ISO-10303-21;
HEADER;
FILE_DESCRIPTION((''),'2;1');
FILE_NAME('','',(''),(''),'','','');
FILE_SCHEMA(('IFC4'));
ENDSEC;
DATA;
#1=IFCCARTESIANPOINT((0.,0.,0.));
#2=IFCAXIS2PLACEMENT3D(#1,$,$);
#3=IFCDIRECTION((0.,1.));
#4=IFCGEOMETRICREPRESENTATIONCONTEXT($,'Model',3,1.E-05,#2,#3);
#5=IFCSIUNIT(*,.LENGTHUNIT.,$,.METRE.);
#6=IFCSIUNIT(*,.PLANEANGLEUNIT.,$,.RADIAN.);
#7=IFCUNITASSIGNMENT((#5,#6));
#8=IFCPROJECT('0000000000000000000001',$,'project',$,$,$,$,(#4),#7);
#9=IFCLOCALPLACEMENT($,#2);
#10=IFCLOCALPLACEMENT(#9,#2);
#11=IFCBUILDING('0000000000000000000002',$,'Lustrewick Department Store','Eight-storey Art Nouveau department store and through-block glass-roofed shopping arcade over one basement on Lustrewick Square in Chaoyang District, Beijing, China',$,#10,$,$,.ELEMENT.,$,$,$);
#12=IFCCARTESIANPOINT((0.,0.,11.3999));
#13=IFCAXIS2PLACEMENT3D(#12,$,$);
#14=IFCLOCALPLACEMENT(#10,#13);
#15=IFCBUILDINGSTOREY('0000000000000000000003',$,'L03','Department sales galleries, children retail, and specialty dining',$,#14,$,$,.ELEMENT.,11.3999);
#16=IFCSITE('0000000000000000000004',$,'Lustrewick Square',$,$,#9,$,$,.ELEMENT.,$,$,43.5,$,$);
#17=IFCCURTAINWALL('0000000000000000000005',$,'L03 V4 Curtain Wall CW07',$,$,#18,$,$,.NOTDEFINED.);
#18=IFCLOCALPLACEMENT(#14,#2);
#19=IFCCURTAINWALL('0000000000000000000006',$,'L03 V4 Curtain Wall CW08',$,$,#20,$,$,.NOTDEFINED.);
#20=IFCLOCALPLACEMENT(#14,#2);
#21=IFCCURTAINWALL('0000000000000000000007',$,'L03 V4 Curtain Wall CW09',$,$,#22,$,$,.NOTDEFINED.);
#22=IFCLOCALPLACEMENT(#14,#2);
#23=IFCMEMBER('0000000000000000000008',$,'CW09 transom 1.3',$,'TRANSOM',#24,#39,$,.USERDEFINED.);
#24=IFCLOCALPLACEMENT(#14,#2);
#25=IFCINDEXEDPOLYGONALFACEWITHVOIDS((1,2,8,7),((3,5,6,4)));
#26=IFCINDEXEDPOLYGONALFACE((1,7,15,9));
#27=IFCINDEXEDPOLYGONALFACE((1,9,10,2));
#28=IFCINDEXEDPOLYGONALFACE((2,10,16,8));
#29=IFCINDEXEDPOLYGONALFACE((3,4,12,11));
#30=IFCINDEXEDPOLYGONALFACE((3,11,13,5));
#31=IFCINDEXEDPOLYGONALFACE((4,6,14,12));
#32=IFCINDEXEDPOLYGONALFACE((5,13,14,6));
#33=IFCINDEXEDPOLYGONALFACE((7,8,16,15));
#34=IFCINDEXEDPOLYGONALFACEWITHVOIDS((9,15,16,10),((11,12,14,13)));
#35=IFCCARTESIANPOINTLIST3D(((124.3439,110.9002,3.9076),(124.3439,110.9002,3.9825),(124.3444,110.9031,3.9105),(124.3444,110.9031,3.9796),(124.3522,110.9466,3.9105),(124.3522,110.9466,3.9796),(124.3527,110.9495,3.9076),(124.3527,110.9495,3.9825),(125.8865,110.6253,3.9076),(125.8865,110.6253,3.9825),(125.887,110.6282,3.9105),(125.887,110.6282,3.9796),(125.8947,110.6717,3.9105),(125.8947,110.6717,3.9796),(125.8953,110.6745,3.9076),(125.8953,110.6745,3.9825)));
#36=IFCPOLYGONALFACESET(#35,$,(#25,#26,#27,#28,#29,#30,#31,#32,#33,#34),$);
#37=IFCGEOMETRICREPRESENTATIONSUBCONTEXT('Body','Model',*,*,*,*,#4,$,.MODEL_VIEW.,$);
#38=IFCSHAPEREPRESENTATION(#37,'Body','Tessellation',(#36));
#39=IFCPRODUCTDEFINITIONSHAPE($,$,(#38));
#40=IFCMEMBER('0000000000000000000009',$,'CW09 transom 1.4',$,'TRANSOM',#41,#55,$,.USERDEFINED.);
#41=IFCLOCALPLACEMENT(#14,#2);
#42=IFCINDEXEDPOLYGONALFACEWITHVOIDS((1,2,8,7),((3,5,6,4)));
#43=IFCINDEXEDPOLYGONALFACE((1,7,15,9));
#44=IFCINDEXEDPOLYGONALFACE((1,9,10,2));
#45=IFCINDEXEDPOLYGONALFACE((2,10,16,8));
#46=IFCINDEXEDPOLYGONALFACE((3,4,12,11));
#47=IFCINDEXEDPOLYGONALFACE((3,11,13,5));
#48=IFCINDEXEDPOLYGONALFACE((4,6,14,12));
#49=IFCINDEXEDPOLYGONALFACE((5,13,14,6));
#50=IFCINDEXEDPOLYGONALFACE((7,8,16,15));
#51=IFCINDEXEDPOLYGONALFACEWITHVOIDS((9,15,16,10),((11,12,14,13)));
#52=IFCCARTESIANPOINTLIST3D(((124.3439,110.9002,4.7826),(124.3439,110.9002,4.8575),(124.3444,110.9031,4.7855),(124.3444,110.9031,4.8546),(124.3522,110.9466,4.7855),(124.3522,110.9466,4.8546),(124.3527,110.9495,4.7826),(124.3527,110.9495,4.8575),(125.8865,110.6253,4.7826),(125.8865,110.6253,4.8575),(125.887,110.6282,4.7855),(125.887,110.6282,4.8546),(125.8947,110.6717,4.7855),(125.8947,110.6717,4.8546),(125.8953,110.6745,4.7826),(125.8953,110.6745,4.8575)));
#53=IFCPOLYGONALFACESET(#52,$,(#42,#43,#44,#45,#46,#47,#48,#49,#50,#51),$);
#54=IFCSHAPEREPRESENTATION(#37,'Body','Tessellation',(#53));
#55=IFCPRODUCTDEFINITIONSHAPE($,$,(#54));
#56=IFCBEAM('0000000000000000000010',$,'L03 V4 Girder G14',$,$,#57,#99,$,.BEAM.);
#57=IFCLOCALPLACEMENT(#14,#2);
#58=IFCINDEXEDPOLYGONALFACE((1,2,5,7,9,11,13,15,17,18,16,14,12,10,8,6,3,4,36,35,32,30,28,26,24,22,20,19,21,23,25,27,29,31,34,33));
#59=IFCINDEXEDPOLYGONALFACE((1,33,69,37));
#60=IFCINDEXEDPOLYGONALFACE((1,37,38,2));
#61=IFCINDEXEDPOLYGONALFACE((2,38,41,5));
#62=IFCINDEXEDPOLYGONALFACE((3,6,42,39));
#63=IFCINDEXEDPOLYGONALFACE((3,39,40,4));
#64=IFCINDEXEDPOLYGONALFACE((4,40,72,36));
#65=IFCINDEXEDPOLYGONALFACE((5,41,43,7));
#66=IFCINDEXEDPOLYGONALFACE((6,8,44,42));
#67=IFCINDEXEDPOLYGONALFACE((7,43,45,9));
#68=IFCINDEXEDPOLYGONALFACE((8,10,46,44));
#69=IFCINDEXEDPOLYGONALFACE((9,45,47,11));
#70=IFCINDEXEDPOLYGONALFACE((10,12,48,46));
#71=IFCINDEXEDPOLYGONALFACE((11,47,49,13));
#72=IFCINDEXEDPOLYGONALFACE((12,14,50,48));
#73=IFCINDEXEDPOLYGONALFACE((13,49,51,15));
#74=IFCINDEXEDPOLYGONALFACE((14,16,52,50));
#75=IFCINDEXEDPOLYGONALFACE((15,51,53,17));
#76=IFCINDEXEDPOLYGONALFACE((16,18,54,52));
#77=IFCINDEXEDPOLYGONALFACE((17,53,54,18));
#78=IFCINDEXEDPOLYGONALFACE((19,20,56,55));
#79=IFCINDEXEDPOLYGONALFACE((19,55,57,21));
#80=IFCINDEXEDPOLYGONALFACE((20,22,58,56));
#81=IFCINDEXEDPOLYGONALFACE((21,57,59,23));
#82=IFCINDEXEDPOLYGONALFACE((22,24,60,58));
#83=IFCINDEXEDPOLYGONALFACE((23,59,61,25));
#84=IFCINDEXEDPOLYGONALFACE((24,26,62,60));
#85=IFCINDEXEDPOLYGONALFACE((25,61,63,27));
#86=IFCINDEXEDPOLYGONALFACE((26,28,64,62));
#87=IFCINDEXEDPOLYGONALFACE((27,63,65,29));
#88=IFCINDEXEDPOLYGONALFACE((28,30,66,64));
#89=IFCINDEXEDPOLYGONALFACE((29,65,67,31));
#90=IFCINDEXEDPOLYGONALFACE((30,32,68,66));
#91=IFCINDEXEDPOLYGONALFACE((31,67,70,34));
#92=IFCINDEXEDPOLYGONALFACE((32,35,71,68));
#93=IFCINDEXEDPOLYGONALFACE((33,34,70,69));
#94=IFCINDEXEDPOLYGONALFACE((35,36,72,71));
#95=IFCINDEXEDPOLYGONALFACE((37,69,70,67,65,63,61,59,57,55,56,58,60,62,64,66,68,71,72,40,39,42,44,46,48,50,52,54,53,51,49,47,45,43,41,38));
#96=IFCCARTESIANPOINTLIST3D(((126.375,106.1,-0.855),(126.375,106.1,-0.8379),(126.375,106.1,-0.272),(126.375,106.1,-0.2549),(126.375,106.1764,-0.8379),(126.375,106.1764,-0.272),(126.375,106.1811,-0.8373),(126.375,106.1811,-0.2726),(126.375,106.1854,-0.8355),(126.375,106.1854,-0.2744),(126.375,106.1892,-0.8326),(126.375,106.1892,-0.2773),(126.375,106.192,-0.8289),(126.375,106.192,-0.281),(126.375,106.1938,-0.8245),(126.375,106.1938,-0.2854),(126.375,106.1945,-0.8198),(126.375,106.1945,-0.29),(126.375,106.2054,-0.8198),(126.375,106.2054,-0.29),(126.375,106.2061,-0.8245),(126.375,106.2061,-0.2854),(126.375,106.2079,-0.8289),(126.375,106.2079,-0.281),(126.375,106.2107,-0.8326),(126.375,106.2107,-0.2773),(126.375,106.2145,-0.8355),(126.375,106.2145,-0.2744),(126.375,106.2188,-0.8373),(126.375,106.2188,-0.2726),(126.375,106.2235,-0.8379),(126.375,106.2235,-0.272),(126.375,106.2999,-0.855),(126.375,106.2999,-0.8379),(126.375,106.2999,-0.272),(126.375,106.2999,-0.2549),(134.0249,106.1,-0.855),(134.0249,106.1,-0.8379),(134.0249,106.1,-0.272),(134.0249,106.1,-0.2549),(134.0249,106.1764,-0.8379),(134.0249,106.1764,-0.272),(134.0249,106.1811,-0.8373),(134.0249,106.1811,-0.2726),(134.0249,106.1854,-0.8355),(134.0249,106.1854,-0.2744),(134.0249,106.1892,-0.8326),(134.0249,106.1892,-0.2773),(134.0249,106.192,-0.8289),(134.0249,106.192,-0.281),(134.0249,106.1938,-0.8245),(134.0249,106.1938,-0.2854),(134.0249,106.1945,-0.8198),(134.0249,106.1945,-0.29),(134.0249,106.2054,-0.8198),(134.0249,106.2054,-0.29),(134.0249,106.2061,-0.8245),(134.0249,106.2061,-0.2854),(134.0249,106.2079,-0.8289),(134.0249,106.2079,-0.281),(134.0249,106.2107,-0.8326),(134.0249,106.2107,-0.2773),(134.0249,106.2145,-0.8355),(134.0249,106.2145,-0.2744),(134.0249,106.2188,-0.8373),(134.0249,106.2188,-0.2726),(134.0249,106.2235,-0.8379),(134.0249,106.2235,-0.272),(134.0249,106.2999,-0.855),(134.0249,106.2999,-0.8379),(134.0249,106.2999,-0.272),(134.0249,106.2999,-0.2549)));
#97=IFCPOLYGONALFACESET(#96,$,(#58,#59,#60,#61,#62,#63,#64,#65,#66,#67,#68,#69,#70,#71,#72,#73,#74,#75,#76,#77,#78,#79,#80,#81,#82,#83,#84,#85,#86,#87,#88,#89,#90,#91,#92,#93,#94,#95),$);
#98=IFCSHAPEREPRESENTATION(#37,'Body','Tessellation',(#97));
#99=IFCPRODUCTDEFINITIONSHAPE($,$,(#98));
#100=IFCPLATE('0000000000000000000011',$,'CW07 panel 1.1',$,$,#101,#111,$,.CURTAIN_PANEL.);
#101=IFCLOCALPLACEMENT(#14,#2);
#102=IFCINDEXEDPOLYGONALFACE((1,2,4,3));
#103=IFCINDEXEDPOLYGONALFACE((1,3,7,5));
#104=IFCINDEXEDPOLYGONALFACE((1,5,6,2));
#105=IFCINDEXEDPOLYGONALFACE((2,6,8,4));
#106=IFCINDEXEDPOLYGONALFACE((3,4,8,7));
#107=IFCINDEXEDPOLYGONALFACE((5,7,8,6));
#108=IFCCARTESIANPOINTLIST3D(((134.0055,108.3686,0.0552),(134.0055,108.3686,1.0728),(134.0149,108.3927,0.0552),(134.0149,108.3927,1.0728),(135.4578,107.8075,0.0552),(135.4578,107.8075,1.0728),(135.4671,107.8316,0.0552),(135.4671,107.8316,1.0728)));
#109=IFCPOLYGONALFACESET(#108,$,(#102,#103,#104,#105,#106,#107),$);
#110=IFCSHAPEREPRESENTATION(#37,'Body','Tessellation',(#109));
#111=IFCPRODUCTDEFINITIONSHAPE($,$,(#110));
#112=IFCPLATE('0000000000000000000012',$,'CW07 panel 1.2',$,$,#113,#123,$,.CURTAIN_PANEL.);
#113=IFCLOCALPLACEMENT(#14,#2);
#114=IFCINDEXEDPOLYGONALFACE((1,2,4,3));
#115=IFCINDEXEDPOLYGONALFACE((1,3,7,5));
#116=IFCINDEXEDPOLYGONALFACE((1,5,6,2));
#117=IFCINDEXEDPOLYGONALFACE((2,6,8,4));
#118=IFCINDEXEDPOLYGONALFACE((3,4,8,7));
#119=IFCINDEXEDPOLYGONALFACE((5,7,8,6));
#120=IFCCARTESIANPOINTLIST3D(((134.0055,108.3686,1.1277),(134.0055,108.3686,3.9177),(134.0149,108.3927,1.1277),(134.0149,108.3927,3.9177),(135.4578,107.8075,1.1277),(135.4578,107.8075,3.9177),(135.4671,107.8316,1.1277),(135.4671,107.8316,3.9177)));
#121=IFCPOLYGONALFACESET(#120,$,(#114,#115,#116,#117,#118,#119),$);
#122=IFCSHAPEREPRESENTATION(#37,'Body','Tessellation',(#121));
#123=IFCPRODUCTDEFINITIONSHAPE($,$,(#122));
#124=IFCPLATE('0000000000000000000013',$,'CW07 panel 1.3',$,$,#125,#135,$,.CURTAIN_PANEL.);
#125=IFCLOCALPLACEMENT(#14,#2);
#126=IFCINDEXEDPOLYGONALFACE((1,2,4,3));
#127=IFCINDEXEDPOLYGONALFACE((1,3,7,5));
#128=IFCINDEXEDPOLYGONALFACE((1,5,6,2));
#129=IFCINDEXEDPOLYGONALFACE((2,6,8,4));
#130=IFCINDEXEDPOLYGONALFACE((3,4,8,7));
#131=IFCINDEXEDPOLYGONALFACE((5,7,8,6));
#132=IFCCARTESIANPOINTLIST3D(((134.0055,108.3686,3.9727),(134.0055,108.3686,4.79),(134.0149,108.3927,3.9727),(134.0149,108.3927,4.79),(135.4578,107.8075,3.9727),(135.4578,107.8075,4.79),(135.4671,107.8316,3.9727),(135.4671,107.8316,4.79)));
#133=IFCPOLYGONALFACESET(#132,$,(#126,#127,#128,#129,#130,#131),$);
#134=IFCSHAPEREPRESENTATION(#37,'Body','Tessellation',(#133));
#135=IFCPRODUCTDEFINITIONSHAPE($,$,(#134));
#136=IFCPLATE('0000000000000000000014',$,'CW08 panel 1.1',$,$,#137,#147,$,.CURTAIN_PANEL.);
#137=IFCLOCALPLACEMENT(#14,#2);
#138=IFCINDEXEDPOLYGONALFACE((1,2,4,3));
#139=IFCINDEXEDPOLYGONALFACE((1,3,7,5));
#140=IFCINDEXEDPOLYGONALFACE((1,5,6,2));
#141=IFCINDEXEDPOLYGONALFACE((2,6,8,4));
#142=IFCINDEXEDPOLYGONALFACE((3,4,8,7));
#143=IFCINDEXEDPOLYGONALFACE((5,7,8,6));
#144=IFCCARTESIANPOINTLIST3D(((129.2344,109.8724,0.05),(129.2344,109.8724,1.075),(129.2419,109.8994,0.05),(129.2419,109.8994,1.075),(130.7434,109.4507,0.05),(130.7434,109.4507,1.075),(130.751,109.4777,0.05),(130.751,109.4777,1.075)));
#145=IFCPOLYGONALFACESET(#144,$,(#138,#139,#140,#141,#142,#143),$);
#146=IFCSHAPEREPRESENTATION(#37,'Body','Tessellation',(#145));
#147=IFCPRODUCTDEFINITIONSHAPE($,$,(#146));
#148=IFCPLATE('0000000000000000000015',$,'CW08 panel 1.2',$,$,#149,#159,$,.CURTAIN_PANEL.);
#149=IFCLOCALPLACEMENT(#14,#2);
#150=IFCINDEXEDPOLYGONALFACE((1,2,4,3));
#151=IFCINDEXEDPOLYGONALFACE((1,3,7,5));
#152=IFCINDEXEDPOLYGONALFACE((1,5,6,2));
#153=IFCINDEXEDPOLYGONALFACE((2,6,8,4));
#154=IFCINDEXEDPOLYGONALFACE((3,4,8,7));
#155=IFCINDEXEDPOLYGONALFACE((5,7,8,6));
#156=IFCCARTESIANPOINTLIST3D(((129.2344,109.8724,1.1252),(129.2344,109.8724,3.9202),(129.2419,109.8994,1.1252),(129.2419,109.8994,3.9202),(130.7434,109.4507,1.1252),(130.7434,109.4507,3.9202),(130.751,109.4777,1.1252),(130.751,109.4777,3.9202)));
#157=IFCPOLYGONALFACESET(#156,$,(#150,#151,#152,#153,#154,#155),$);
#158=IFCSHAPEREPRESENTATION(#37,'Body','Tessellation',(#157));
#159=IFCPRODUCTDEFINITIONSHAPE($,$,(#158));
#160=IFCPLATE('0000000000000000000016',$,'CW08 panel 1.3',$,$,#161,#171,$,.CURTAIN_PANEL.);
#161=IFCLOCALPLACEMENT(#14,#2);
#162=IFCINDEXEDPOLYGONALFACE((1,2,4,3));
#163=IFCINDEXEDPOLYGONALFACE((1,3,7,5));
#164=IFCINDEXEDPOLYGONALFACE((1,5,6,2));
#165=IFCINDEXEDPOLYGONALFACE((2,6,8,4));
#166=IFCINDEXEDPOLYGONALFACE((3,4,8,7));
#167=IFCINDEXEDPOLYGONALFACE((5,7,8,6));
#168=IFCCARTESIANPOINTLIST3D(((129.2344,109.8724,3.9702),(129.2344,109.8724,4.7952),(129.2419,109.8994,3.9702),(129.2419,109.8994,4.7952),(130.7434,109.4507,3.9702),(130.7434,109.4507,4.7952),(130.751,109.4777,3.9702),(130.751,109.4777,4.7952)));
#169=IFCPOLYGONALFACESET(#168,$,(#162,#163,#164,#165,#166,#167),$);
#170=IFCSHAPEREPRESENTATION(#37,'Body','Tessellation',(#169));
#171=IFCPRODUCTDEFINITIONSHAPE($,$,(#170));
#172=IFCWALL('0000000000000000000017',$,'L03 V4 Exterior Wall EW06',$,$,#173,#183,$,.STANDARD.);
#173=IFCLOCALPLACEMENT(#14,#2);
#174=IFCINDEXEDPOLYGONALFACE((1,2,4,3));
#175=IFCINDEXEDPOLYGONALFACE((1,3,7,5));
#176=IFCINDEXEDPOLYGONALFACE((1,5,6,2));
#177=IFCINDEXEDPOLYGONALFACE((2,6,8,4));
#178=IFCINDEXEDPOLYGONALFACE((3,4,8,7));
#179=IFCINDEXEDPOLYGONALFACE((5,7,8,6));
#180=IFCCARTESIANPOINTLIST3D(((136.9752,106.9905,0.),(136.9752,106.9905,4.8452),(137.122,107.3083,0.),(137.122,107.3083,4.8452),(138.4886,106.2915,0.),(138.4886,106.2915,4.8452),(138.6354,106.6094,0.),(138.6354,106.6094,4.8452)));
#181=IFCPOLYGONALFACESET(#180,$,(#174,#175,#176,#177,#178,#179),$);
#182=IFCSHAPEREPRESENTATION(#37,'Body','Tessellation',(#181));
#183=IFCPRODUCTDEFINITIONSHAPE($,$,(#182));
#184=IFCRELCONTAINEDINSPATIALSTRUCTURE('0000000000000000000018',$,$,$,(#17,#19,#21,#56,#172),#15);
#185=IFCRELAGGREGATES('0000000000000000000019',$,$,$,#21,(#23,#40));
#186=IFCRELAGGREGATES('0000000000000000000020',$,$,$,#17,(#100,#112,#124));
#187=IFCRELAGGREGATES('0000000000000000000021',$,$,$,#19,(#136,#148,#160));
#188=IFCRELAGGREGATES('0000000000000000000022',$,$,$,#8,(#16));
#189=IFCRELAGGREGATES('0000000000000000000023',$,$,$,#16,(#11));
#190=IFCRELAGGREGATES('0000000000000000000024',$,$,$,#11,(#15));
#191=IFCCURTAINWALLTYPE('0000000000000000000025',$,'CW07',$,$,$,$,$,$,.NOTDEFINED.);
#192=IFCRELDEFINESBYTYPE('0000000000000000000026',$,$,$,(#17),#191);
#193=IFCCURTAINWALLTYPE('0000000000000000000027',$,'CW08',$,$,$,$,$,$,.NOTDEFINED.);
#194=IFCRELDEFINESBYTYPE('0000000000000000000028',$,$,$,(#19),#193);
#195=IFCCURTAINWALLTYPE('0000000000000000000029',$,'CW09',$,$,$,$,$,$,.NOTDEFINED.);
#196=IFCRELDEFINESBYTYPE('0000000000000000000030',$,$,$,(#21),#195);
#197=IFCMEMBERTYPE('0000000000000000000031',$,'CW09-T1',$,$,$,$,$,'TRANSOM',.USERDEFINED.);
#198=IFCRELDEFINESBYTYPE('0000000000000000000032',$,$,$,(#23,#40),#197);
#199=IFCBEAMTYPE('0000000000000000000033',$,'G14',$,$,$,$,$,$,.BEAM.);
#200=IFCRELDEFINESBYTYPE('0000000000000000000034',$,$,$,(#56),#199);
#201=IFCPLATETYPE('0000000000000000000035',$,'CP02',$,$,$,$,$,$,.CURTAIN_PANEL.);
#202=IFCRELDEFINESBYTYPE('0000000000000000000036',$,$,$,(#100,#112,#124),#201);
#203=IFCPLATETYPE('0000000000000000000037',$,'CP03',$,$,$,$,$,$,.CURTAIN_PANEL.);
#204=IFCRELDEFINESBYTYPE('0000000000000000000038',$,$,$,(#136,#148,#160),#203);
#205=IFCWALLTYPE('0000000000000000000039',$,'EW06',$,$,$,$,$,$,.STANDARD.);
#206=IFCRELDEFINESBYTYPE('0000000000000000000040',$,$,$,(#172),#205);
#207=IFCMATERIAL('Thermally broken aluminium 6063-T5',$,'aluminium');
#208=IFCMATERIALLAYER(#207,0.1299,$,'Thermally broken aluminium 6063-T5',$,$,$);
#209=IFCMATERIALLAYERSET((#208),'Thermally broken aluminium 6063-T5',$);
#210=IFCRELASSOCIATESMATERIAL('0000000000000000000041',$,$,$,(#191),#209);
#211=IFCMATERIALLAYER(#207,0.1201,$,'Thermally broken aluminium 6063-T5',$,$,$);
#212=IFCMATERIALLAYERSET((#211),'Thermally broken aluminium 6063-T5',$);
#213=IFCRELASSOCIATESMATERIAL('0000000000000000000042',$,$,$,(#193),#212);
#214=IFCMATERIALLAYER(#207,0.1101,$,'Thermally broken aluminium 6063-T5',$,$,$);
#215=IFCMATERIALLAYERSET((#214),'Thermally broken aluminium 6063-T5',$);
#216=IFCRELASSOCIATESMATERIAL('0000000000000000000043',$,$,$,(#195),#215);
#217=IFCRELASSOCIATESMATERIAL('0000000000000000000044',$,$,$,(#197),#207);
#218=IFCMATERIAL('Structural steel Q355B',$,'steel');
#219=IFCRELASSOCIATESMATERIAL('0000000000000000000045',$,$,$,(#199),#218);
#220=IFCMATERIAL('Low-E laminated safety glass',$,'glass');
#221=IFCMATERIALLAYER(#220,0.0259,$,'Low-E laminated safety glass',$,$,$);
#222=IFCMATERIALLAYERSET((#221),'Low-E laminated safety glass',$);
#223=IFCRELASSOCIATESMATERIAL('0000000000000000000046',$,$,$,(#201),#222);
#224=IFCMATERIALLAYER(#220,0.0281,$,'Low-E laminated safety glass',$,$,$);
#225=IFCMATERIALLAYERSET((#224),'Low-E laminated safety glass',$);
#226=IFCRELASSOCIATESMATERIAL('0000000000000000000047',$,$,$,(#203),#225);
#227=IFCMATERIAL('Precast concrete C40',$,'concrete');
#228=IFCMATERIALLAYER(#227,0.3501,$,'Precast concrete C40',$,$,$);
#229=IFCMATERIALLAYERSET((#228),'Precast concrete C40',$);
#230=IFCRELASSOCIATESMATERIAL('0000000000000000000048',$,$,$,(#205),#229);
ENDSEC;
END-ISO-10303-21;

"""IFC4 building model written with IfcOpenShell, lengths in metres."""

from ifc_helpers import new_model, si_unit, direction, frame, frame_2d, origin, origin_2d, place, context, subcontext, project, spatial, rectangle, hollow_rectangle, i_section, extrude, material, layer, layer_set, material_profile, profile_set, type_object, element, aggregate, save


model = new_model("IFC4")

# Units and contexts
model_context = context("Model", 3, precision=1e-05, world=origin(), true_north=direction((0.0, 1.0)))
body_context = subcontext(model_context, "Body", "Model", "MODEL_VIEW")
ifc_project = project(units=[si_unit("LENGTHUNIT", "METRE"), si_unit("PLANEANGLEUNIT", "RADIAN")], contexts=[model_context])

# Site, building, storey
site_placement = place(None, origin())
site = spatial("IfcSite", under=ifc_project, at=site_placement, Name="Lustrewick Square", CompositionType="ELEMENT", RefElevation=43.5)
building_placement = place(site_placement, origin())
building = spatial("IfcBuilding", under=site, at=building_placement, Name="Lustrewick Department Store", Description="Eight-storey Art Nouveau department store and through-block glass-roofed shopping arcade over one basement on Lustrewick Square in Chaoyang District, Beijing, China", CompositionType="ELEMENT")
storey_placement = place(building_placement, frame((0.0, 0.0, 11.3999)))
storey = spatial("IfcBuildingStorey", under=building, at=storey_placement, Name="L03", Description="Department sales galleries, children retail, and specialty dining", CompositionType="ELEMENT", Elevation=11.3999)

# Shared definitions
ifc_material_1 = material(Name="Structural steel Q355B", Category="steel")

# Shared definitions
ifc_material_2 = material(Name="Thermally broken aluminium 6063-T5", Category="aluminium")

# Curtain walls, members
ifc_layer_1 = layer(ifc_material_2, 0.1299, Name="Thermally broken aluminium 6063-T5")
ifc_layer_set_1 = layer_set([ifc_layer_1], Name="Thermally broken aluminium 6063-T5")
curtain_wall_type_1 = type_object("IfcCurtainWallType", Name="CW07", PredefinedType="NOTDEFINED", material=ifc_layer_set_1)
curtain_wall_1_placement = place(storey_placement, origin())
curtain_wall_1 = element("IfcCurtainWall", 1, at=curtain_wall_1_placement, inside=storey, type_object=curtain_wall_type_1, Name="L03 V4 Curtain Wall CW07", PredefinedType="NOTDEFINED")
ifc_layer_2 = layer(ifc_material_2, 0.1201, Name="Thermally broken aluminium 6063-T5")
ifc_layer_set_2 = layer_set([ifc_layer_2], Name="Thermally broken aluminium 6063-T5")
curtain_wall_type_2 = type_object("IfcCurtainWallType", Name="CW08", PredefinedType="NOTDEFINED", material=ifc_layer_set_2)
curtain_wall_2_placement = place(storey_placement, origin())
curtain_wall_2 = element("IfcCurtainWall", 2, at=curtain_wall_2_placement, inside=storey, type_object=curtain_wall_type_2, Name="L03 V4 Curtain Wall CW08", PredefinedType="NOTDEFINED")
ifc_layer_3 = layer(ifc_material_2, 0.1101, Name="Thermally broken aluminium 6063-T5")
ifc_layer_set_3 = layer_set([ifc_layer_3], Name="Thermally broken aluminium 6063-T5")
curtain_wall_type_3 = type_object("IfcCurtainWallType", Name="CW09", PredefinedType="NOTDEFINED", material=ifc_layer_set_3)
curtain_wall_3_placement = place(storey_placement, origin())
curtain_wall_3 = element("IfcCurtainWall", 3, at=curtain_wall_3_placement, inside=storey, type_object=curtain_wall_type_3, Name="L03 V4 Curtain Wall CW09", PredefinedType="NOTDEFINED")
ifc_material_profile_1 = material_profile(ifc_material_2, hollow_rectangle(XDim=0.05, YDim=0.075, WallThickness=0.0029, at=origin_2d()), Name="ALU-T 50x75x3")
ifc_profile_set_1 = profile_set([ifc_material_profile_1], Name="Thermally broken aluminium 6063-T5")
member_type_1 = type_object("IfcMemberType", Name="CW09-T1", ElementType="TRANSOM", PredefinedType="USERDEFINED", material=ifc_profile_set_1)
member_1_placement = place(storey_placement, frame((125.8909, 110.6499, 3.9451), z_axis=(-0.984487, 0.175456, 0.0), x_axis=(-0.175456, -0.984487, 0.0)))
member_1 = element("IfcMember", 4, at=member_1_placement, type_object=member_type_1, Name="CW09 transom 1.3", ObjectType="TRANSOM", PredefinedType="USERDEFINED", context=body_context, shape_type="SweptSolid", body=[
    extrude(hollow_rectangle(XDim=0.05, YDim=0.075, WallThickness=0.0029, at=origin_2d()), origin(), (0.0, 0.0, 1.0), 1.5669),
])
member_2_placement = place(storey_placement, frame((125.8909, 110.6499, 4.8201), z_axis=(-0.984487, 0.175456, 0.0), x_axis=(-0.175456, -0.984487, 0.0)))
member_2 = element("IfcMember", 5, at=member_2_placement, type_object=member_type_1, Name="CW09 transom 1.4", ObjectType="TRANSOM", PredefinedType="USERDEFINED", context=body_context, shape_type="SweptSolid", body=[
    extrude(hollow_rectangle(XDim=0.05, YDim=0.075, WallThickness=0.0029, at=origin_2d()), origin(), (0.0, 0.0, 1.0), 1.5669),
])
aggregate(curtain_wall_3, [member_1, member_2])

# Beam
ifc_material_profile_2 = material_profile(ifc_material_1, i_section(OverallWidth=0.2, OverallDepth=0.6001, WebThickness=0.011, FlangeThickness=0.0171, FilletRadius=0.0181, at=origin_2d()), Name="HN 600x200x11x17")
ifc_profile_set_2 = profile_set([ifc_material_profile_2], Name="Structural steel Q355B")
beam_type = type_object("IfcBeamType", Name="G14", PredefinedType="BEAM", material=ifc_profile_set_2)
beam_placement = place(storey_placement, frame((126.375, 106.2, -0.5549), z_axis=(1.0, 0.0, 0.0), x_axis=(0.0, 1.0, 0.0)))
element("IfcBeam", 6, at=beam_placement, inside=storey, type_object=beam_type, Name="L03 V4 Girder G14", PredefinedType="BEAM", context=body_context, shape_type="SweptSolid", body=[
    extrude(i_section(OverallWidth=0.2, OverallDepth=0.6001, WebThickness=0.011, FlangeThickness=0.0171, FilletRadius=0.0181, at=origin_2d()), origin(), (0.0, 0.0, 1.0), 7.6499),
])

# Plates
ifc_material_3 = material(Name="Low-E laminated safety glass", Category="glass")
ifc_layer_4 = layer(ifc_material_3, 0.0259, Name="Low-E laminated safety glass")
ifc_layer_set_4 = layer_set([ifc_layer_4], Name="Low-E laminated safety glass")
plate_type_1 = type_object("IfcPlateType", Name="CP02", PredefinedType="CURTAIN_PANEL", material=ifc_layer_set_4)
plate_1_placement = place(storey_placement, frame((134.7363, 108.1001, 0.0552), z_axis=(0.0, 0.0, 1.0), x_axis=(-0.93281, 0.36037, 0.0)))
plate_1 = element("IfcPlate", 7, at=plate_1_placement, type_object=plate_type_1, Name="CW07 panel 1.1", PredefinedType="CURTAIN_PANEL", context=body_context, shape_type="SweptSolid", body=[
    extrude(rectangle(XDim=1.5569, YDim=0.0259, at=origin_2d()), origin(), (0.0, 0.0, 1.0), 1.0176),
])
plate_2_placement = place(storey_placement, frame((134.7363, 108.1001, 1.1277), z_axis=(0.0, 0.0, 1.0), x_axis=(-0.93281, 0.36037, 0.0)))
plate_2 = element("IfcPlate", 8, at=plate_2_placement, type_object=plate_type_1, Name="CW07 panel 1.2", PredefinedType="CURTAIN_PANEL", context=body_context, shape_type="SweptSolid", body=[
    extrude(rectangle(XDim=1.5569, YDim=0.0259, at=origin_2d()), origin(), (0.0, 0.0, 1.0), 2.79),
])
plate_3_placement = place(storey_placement, frame((134.7363, 108.1001, 3.9727), z_axis=(0.0, 0.0, 1.0), x_axis=(-0.93281, 0.36037, 0.0)))
plate_3 = element("IfcPlate", 9, at=plate_3_placement, type_object=plate_type_1, Name="CW07 panel 1.3", PredefinedType="CURTAIN_PANEL", context=body_context, shape_type="SweptSolid", body=[
    extrude(rectangle(XDim=1.5569, YDim=0.0259, at=origin_2d()), origin(), (0.0, 0.0, 1.0), 0.8174),
])
aggregate(curtain_wall_1, [plate_1, plate_2, plate_3])
ifc_layer_5 = layer(ifc_material_3, 0.0281, Name="Low-E laminated safety glass")
ifc_layer_set_5 = layer_set([ifc_layer_5], Name="Low-E laminated safety glass")
plate_type_2 = type_object("IfcPlateType", Name="CP03", PredefinedType="CURTAIN_PANEL", material=ifc_layer_set_5)
plate_4_placement = place(storey_placement, frame((129.9927, 109.675, 0.05), z_axis=(0.0, 0.0, 1.0), x_axis=(-0.963106, 0.269123, 0.0)))
plate_4 = element("IfcPlate", 10, at=plate_4_placement, type_object=plate_type_2, Name="CW08 panel 1.1", PredefinedType="CURTAIN_PANEL", context=body_context, shape_type="SweptSolid", body=[
    extrude(rectangle(XDim=1.5669, YDim=0.0281, at=origin_2d()), origin(), (0.0, 0.0, 1.0), 1.0249),
])
plate_5_placement = place(storey_placement, frame((129.9927, 109.675, 1.1252), z_axis=(0.0, 0.0, 1.0), x_axis=(-0.963106, 0.269123, 0.0)))
plate_5 = element("IfcPlate", 11, at=plate_5_placement, type_object=plate_type_2, Name="CW08 panel 1.2", PredefinedType="CURTAIN_PANEL", context=body_context, shape_type="SweptSolid", body=[
    extrude(rectangle(XDim=1.5669, YDim=0.0281, at=origin_2d()), origin(), (0.0, 0.0, 1.0), 2.7949),
])
plate_6_placement = place(storey_placement, frame((129.9927, 109.675, 3.9702), z_axis=(0.0, 0.0, 1.0), x_axis=(-0.963106, 0.269123, 0.0)))
plate_6 = element("IfcPlate", 12, at=plate_6_placement, type_object=plate_type_2, Name="CW08 panel 1.3", PredefinedType="CURTAIN_PANEL", context=body_context, shape_type="SweptSolid", body=[
    extrude(rectangle(XDim=1.5669, YDim=0.0281, at=origin_2d()), origin(), (0.0, 0.0, 1.0), 0.825),
])
aggregate(curtain_wall_2, [plate_4, plate_5, plate_6])

# Wall
ifc_material_4 = material(Name="Precast concrete C40", Category="concrete")
ifc_layer_6 = layer(ifc_material_4, 0.3501, Name="Precast concrete C40")
ifc_layer_set_6 = layer_set([ifc_layer_6], Name="Precast concrete C40")
wall_type = type_object("IfcWallType", Name="EW06", PredefinedType="STANDARD", material=ifc_layer_set_6)
wall_1_placement = place(storey_placement, frame((138.562, 106.4504, 0.0), z_axis=(0.0, 0.0, 1.0), x_axis=(-0.907852, 0.41929, 0.0)))
element("IfcWall", 13, at=wall_1_placement, inside=storey, type_object=wall_type, Name="L03 V4 Exterior Wall EW06", PredefinedType="STANDARD", context=body_context, shape_type="SweptSolid", body=[
    extrude(rectangle(XDim=1.667, YDim=0.3501, at=frame_2d((0.8335, 0.0))), origin(), (0.0, 0.0, 1.0), 4.8452),
])

save(model, "model.ifc")
